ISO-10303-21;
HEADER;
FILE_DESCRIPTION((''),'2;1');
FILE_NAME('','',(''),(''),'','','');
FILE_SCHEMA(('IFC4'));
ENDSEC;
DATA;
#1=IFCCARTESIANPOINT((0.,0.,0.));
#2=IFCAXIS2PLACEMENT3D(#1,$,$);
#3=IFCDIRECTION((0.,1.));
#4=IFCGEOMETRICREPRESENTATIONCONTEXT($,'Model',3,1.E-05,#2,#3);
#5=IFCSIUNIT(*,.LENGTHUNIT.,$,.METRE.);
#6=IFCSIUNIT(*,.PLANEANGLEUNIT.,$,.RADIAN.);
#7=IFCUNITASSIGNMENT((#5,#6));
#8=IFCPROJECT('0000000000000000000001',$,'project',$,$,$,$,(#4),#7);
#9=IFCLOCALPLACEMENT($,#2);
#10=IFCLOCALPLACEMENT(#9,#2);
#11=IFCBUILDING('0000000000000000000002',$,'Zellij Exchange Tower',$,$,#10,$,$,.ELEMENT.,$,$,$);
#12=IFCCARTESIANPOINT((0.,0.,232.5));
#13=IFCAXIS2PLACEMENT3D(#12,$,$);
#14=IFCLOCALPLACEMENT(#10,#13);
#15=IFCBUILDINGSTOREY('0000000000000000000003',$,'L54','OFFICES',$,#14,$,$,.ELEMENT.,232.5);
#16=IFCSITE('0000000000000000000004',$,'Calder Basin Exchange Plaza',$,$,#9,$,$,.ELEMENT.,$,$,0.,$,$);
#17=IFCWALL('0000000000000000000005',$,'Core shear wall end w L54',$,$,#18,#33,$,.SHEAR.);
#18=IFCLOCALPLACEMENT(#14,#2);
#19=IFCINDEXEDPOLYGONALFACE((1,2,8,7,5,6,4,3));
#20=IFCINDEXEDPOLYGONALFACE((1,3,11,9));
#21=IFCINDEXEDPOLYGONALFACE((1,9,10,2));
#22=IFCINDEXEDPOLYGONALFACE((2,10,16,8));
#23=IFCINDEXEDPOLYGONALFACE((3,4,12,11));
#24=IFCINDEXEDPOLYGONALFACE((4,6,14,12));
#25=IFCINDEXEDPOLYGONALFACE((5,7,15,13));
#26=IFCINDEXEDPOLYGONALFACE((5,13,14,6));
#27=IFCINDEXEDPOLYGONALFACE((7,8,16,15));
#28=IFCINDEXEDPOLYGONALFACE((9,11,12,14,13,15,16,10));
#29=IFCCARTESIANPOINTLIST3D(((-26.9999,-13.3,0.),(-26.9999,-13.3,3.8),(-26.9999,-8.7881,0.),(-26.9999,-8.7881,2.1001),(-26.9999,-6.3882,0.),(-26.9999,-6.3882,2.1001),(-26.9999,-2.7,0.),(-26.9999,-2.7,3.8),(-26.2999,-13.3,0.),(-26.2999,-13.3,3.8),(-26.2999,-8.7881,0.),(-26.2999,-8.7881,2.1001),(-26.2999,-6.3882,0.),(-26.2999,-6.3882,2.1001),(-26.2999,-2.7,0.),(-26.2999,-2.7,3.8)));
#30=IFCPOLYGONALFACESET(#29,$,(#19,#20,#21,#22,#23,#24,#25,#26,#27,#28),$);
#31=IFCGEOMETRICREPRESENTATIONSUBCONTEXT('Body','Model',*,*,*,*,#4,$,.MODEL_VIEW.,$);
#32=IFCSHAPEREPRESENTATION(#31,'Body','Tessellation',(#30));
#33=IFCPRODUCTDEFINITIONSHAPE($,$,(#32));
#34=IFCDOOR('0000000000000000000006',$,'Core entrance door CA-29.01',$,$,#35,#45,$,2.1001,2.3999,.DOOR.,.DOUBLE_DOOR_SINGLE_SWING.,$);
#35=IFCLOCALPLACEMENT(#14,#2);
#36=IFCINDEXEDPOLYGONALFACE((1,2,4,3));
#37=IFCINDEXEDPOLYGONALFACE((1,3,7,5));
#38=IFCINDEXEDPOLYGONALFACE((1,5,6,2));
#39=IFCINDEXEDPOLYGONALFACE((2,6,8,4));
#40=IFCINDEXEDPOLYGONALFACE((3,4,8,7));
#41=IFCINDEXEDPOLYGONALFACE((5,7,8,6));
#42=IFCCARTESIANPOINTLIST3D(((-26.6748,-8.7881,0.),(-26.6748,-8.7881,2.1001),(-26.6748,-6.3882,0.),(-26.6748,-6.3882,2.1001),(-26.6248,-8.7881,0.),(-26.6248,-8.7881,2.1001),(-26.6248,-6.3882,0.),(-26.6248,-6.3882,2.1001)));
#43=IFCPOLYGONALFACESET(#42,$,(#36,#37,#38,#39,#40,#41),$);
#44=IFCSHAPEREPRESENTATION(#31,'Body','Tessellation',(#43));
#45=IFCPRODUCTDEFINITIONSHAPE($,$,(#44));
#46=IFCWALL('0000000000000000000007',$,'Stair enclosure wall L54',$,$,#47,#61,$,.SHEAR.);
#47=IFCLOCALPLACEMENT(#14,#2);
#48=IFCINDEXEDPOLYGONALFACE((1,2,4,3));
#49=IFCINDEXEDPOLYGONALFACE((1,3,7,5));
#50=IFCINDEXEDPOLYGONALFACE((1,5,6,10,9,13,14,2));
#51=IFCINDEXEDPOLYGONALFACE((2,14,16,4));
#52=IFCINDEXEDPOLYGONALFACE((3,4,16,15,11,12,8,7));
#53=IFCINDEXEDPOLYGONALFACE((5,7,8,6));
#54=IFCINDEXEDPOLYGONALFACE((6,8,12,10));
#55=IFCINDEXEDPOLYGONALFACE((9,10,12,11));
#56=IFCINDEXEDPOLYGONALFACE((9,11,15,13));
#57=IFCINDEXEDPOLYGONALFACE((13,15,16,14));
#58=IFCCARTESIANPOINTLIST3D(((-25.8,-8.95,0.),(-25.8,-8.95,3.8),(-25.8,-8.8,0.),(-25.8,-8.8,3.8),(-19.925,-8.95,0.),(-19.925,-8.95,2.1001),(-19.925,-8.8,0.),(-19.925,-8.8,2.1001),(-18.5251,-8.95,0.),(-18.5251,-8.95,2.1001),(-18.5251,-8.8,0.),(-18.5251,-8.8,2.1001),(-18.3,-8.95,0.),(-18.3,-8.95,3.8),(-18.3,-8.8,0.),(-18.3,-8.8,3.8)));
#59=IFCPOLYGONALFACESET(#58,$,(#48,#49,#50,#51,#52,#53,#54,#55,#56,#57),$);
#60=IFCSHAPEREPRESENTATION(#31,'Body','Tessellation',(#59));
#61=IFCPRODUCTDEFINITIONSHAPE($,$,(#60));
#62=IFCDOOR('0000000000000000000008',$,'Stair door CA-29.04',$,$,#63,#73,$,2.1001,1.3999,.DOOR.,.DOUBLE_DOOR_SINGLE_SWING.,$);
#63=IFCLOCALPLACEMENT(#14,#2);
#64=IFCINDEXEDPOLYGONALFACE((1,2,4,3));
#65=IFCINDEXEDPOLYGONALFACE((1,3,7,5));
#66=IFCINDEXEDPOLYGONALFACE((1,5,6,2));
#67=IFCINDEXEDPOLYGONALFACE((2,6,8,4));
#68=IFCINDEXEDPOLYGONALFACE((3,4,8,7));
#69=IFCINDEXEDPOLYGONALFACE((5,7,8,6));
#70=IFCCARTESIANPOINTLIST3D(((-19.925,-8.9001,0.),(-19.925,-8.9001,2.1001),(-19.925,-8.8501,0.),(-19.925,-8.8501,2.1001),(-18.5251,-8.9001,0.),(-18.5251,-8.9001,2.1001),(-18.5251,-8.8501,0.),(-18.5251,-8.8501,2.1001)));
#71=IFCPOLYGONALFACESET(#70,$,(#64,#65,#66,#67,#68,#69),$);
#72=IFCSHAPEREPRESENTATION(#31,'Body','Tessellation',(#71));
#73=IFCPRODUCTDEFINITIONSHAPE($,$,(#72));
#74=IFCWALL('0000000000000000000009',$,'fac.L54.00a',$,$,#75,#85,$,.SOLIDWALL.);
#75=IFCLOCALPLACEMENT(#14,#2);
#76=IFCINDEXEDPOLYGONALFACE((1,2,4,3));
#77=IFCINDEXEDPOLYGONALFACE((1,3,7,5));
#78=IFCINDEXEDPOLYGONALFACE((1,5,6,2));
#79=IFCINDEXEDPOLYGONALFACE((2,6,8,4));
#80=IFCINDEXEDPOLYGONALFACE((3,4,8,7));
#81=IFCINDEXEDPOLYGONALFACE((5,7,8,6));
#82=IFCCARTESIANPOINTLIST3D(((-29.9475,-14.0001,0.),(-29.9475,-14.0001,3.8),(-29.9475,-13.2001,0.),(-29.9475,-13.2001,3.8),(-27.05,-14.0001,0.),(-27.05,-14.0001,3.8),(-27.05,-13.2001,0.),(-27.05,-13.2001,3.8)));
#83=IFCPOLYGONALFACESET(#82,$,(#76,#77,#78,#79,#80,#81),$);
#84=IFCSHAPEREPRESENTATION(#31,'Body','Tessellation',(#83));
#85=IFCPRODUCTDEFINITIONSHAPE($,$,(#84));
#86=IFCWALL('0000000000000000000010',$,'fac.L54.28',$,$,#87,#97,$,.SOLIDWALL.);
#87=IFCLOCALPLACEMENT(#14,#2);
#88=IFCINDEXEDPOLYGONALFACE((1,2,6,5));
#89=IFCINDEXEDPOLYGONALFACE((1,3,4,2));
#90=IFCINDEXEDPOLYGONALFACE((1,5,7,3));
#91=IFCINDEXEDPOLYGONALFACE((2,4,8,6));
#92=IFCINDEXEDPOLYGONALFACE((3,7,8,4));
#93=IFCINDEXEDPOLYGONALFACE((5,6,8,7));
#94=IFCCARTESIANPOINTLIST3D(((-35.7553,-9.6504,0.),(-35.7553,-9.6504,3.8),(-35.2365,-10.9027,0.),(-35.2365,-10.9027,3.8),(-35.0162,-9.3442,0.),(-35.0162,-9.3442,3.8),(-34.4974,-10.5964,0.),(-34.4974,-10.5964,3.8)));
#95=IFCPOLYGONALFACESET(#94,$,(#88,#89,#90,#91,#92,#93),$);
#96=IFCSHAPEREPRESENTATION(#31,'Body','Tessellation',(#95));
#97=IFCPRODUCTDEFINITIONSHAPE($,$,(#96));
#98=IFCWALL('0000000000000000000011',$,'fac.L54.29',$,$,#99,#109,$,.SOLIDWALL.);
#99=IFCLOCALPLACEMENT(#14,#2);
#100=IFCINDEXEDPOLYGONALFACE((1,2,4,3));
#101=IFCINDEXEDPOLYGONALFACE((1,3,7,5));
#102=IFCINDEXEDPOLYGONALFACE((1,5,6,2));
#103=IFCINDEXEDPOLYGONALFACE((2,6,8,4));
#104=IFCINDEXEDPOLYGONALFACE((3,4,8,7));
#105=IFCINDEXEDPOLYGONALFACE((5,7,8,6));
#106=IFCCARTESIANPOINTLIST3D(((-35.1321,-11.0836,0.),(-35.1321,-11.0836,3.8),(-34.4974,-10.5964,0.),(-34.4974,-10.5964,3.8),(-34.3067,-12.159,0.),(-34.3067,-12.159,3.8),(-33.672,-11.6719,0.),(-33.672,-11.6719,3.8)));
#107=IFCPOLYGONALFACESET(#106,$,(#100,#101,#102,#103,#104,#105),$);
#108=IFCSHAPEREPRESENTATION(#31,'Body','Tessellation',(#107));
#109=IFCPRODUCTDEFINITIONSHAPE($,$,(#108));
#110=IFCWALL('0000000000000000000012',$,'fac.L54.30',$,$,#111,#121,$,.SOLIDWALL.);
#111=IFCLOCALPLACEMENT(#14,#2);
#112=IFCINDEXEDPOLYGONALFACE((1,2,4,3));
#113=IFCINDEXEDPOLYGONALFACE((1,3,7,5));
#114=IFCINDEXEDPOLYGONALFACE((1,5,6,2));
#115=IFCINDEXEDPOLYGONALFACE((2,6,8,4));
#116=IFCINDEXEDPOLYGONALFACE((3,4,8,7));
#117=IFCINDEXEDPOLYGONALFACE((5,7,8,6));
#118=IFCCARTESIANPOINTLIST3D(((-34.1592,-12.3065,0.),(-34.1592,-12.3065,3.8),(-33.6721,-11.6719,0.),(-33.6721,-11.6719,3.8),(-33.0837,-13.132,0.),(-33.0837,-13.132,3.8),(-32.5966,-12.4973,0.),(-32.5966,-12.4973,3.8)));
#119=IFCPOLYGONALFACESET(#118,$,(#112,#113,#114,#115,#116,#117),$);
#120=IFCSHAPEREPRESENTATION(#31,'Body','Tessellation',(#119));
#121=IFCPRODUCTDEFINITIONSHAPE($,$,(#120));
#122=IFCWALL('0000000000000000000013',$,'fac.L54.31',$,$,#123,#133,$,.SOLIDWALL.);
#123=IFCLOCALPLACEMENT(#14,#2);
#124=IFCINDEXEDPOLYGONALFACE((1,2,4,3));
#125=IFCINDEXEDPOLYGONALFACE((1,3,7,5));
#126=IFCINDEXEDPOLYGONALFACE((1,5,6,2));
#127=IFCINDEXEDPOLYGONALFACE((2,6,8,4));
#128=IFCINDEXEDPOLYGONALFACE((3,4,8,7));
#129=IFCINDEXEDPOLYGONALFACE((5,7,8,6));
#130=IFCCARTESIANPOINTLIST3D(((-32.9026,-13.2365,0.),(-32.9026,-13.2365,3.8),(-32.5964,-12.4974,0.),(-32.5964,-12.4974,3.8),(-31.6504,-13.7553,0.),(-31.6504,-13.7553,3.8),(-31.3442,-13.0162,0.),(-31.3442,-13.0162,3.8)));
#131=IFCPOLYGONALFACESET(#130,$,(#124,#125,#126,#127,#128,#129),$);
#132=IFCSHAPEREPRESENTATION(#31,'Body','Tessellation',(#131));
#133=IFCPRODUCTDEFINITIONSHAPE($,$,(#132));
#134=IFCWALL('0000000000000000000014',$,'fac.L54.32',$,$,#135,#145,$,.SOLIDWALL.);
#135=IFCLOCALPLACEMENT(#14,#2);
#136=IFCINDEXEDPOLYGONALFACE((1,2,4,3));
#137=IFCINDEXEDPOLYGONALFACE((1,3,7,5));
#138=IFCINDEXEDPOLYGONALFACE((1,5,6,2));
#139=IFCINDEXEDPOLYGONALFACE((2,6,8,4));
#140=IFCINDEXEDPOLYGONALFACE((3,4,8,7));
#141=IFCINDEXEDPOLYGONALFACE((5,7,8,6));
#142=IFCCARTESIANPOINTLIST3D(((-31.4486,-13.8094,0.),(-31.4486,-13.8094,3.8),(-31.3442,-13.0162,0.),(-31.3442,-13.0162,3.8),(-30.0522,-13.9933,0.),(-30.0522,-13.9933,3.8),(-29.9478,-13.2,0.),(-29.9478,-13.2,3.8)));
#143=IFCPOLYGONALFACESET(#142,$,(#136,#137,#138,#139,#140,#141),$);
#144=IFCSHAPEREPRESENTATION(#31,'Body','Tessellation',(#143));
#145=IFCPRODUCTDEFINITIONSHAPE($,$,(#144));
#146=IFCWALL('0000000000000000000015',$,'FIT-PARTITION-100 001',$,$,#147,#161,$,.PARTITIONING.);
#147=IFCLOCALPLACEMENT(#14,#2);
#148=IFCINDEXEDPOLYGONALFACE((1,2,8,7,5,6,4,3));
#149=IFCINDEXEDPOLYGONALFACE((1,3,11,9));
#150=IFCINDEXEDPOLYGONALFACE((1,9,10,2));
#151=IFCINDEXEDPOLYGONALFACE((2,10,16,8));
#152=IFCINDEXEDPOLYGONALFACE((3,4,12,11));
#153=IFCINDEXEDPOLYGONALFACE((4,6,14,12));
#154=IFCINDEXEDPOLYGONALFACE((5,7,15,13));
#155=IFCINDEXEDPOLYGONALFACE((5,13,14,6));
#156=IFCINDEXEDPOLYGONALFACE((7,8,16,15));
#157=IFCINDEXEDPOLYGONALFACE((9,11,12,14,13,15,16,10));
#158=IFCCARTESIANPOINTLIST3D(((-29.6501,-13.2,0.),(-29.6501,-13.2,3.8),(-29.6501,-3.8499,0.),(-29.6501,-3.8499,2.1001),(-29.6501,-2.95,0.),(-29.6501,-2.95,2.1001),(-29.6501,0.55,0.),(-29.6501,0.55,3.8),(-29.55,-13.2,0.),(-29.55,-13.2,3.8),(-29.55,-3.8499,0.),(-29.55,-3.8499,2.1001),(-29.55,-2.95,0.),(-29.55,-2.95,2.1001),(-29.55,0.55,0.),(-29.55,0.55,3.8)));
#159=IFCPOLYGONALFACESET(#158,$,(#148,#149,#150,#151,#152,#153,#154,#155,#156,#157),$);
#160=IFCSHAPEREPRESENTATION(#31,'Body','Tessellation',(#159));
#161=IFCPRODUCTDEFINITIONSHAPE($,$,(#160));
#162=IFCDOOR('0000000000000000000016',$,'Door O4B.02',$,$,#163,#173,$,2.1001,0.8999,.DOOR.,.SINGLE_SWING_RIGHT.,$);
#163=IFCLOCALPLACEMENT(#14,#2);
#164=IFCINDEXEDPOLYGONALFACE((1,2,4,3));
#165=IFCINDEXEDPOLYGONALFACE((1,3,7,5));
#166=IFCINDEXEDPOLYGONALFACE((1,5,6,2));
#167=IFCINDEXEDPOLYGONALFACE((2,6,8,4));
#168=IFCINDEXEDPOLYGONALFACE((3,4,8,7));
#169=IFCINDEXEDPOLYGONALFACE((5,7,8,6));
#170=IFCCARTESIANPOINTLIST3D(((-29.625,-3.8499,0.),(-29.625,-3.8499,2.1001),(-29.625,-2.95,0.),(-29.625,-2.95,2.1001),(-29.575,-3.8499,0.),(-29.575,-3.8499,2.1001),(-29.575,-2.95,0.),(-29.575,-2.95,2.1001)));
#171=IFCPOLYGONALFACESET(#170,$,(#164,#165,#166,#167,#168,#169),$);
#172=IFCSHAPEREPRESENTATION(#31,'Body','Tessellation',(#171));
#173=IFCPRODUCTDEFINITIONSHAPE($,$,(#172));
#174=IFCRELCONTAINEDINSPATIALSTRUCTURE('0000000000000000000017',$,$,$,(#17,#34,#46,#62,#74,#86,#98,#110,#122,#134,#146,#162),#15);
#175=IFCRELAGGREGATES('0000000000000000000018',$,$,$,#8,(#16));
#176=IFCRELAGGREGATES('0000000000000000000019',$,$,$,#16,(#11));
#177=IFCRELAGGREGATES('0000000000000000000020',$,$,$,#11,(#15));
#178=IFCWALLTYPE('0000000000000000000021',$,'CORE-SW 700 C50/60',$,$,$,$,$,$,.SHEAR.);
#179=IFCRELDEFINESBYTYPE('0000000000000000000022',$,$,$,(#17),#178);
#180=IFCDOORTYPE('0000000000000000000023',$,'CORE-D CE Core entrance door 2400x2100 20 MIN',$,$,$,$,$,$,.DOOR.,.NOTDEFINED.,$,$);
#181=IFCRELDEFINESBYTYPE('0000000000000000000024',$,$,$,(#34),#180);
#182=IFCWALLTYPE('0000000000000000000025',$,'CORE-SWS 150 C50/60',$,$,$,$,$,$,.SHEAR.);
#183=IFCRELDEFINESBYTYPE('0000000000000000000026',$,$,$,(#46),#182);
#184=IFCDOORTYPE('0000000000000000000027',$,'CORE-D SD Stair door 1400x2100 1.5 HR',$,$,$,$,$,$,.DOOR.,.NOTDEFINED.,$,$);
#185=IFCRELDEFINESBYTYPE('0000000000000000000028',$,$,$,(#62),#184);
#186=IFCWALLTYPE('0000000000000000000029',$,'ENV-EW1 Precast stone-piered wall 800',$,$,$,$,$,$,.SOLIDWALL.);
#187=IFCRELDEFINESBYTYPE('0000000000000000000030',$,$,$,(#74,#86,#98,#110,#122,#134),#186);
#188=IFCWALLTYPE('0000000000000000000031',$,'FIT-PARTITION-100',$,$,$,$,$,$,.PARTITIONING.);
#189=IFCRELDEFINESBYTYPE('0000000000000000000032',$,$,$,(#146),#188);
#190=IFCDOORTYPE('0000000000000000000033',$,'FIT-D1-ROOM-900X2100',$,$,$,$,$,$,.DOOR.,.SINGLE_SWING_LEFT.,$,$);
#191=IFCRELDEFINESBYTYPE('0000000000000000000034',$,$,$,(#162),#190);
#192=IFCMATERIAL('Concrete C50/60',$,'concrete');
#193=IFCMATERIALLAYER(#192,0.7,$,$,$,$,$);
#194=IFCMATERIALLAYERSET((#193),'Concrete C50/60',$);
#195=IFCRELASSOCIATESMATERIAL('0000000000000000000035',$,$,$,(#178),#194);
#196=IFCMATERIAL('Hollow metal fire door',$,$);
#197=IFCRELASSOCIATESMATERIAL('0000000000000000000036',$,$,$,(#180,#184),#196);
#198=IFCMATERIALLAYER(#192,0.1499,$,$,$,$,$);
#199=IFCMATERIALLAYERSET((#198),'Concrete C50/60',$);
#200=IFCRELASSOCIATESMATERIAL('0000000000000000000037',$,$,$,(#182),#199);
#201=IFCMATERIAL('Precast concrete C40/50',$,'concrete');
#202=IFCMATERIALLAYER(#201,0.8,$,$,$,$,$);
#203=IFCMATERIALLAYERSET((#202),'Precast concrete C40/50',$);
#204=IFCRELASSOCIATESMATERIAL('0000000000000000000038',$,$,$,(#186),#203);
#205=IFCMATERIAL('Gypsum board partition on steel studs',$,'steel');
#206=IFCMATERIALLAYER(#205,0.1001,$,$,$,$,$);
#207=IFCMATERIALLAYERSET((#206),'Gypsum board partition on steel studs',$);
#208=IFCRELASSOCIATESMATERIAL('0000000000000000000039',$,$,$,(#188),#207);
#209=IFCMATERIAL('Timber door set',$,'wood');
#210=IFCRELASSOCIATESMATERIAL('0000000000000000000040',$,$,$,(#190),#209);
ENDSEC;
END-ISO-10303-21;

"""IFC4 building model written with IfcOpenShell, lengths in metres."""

from ifc_helpers import new_model, si_unit, direction, frame, frame_2d, origin, place, context, subcontext, project, spatial, rectangle, extrude, material, layer, layer_set, type_object, element, fill, save


model = new_model("IFC4")

# Units and contexts
model_context = context("Model", 3, precision=1e-05, world=origin(), true_north=direction((0.0, 1.0)))
body_context = subcontext(model_context, "Body", "Model", "MODEL_VIEW")
ifc_project = project(units=[si_unit("LENGTHUNIT", "METRE"), si_unit("PLANEANGLEUNIT", "RADIAN")], contexts=[model_context])

# Site, building, storey
site_placement = place(None, origin())
site = spatial("IfcSite", under=ifc_project, at=site_placement, Name="Calder Basin Exchange Plaza", CompositionType="ELEMENT", RefElevation=0.0)
building_placement = place(site_placement, origin())
building = spatial("IfcBuilding", under=site, at=building_placement, Name="Zellij Exchange Tower", CompositionType="ELEMENT")
storey_placement = place(building_placement, frame((0.0, 0.0, 232.5)))
storey = spatial("IfcBuildingStorey", under=building, at=storey_placement, Name="L54", Description="OFFICES", CompositionType="ELEMENT", Elevation=232.5)

# Shared definitions
ifc_material_1 = material(Name="Concrete C50/60", Category="concrete")

# Shared definitions
ifc_layer_1 = layer(ifc_material_1, 0.7)
ifc_layer_set_1 = layer_set([ifc_layer_1], Name="Concrete C50/60")
wall_type_1 = type_object("IfcWallType", Name="CORE-SW 700 C50/60", PredefinedType="SHEAR", material=ifc_layer_set_1)

# Walls, openings, doors
wall_1_placement = place(storey_placement, frame((-26.6499, -13.3, 0.0), z_axis=(0.0, 0.0, 1.0), x_axis=(0.0, 1.0, 0.0)))
wall_1 = element("IfcWall", 1, at=wall_1_placement, inside=storey, type_object=wall_type_1, Name="Core shear wall end w L54", PredefinedType="SHEAR", context=body_context, shape_type="SweptSolid", body=[
    extrude(rectangle(XDim=10.6001, YDim=0.7, at=frame_2d((5.3, 0.0))), origin(), (0.0, 0.0, 1.0), 3.8),
])
opening_1_placement = place(wall_1_placement, frame((4.512, 0.0, 0.0)))
opening_1 = element("IfcOpeningElement", 2, at=opening_1_placement, cuts=wall_1, PredefinedType="OPENING", context=body_context, shape_type="SweptSolid", body=[
    extrude(rectangle(XDim=2.3999, YDim=2.1001, at=frame_2d((1.2, 1.05))), frame((0.0, 0.3618, 0.0), z_axis=(0.0, -1.0, 0.0), x_axis=(1.0, 0.0, 0.0)), (0.0, 0.0, 1.0), 0.7239),
])
ifc_material_2 = material(Name="Hollow metal fire door")
door_type_1 = type_object("IfcDoorType", Name="CORE-D CE Core entrance door 2400x2100 20 MIN", OperationType="NOTDEFINED", PredefinedType="DOOR", material=ifc_material_2)
door_1_placement = place(opening_1_placement, origin())
door_1 = element("IfcDoor", 3, at=door_1_placement, inside=storey, type_object=door_type_1, Name="Core entrance door CA-29.01", OperationType="DOUBLE_DOOR_SINGLE_SWING", OverallHeight=2.1001, OverallWidth=2.3999, PredefinedType="DOOR", context=body_context, shape_type="SweptSolid", body=[
    extrude(rectangle(XDim=2.3999, YDim=2.1001, at=frame_2d((1.2, 1.05))), frame((0.0, 0.0249, 0.0), z_axis=(0.0, -1.0, 0.0), x_axis=(1.0, 0.0, 0.0)), (0.0, 0.0, 1.0), 0.05),
])
fill(opening_1, door_1)
ifc_layer_2 = layer(ifc_material_1, 0.1499)
ifc_layer_set_2 = layer_set([ifc_layer_2], Name="Concrete C50/60")
wall_type_2 = type_object("IfcWallType", Name="CORE-SWS 150 C50/60", PredefinedType="SHEAR", material=ifc_layer_set_2)
wall_2_placement = place(storey_placement, frame((-25.8, -8.875, 0.0), z_axis=(0.0, 0.0, 1.0), x_axis=(1.0, 0.0, 0.0)))
wall_2 = element("IfcWall", 4, at=wall_2_placement, inside=storey, type_object=wall_type_2, Name="Stair enclosure wall L54", PredefinedType="SHEAR", context=body_context, shape_type="SweptSolid", body=[
    extrude(rectangle(XDim=7.5, YDim=0.1499, at=frame_2d((3.75, 0.0))), origin(), (0.0, 0.0, 1.0), 3.8),
])
opening_2_placement = place(wall_2_placement, frame((5.875, 0.0, 0.0)))
opening_2 = element("IfcOpeningElement", 5, at=opening_2_placement, cuts=wall_2, PredefinedType="OPENING", context=body_context, shape_type="SweptSolid", body=[
    extrude(rectangle(XDim=1.3999, YDim=2.1001, at=frame_2d((0.7, 1.05))), frame((0.0, 0.0869, 0.0), z_axis=(0.0, -1.0, 0.0), x_axis=(1.0, 0.0, 0.0)), (0.0, 0.0, 1.0), 0.1738),
])
door_type_2 = type_object("IfcDoorType", Name="CORE-D SD Stair door 1400x2100 1.5 HR", OperationType="NOTDEFINED", PredefinedType="DOOR", material=ifc_material_2)
door_2_placement = place(opening_2_placement, origin())
door_2 = element("IfcDoor", 6, at=door_2_placement, inside=storey, type_object=door_type_2, Name="Stair door CA-29.04", OperationType="DOUBLE_DOOR_SINGLE_SWING", OverallHeight=2.1001, OverallWidth=1.3999, PredefinedType="DOOR", context=body_context, shape_type="SweptSolid", body=[
    extrude(rectangle(XDim=1.3999, YDim=2.1001, at=frame_2d((0.7, 1.05))), frame((0.0, 0.0249, 0.0), z_axis=(0.0, -1.0, 0.0), x_axis=(1.0, 0.0, 0.0)), (0.0, 0.0, 1.0), 0.05),
])
fill(opening_2, door_2)

# Walls
ifc_material_3 = material(Name="Precast concrete C40/50", Category="concrete")
ifc_layer_3 = layer(ifc_material_3, 0.8)
ifc_layer_set_3 = layer_set([ifc_layer_3], Name="Precast concrete C40/50")
wall_type_3 = type_object("IfcWallType", Name="ENV-EW1 Precast stone-piered wall 800", PredefinedType="SOLIDWALL", material=ifc_layer_set_3)
wall_3_placement = place(storey_placement, frame((-29.9475, -13.6001, 0.0), z_axis=(0.0, 0.0, 1.0), x_axis=(1.0, 0.0, 0.0)))
element("IfcWall", 7, at=wall_3_placement, inside=storey, type_object=wall_type_3, Name="fac.L54.00a", PredefinedType="SOLIDWALL", context=body_context, shape_type="SweptSolid", body=[
    extrude(rectangle(XDim=2.8975, YDim=0.8, at=frame_2d((1.4487, 0.0))), origin(), (0.0, 0.0, 1.0), 3.8),
])
wall_4_placement = place(storey_placement, frame((-35.3857, -9.4973, 0.0), z_axis=(0.0, 0.0, 1.0), x_axis=(0.38276, -0.923848, 0.0)))
element("IfcWall", 8, at=wall_4_placement, inside=storey, type_object=wall_type_3, Name="fac.L54.28", PredefinedType="SOLIDWALL", context=body_context, shape_type="SweptSolid", body=[
    extrude(rectangle(XDim=1.3555, YDim=0.8, at=frame_2d((0.6777, 0.0))), origin(), (0.0, 0.0, 1.0), 3.8),
])
for number, where, z_axis, x_axis, name in (
    (9, (-34.8147, -10.8401, 0.0), (0.0, 0.0, 1.0), (0.608866, -0.793273, 0.0), "fac.L54.29"),
    (10, (-33.9155, -11.9893, 0.0), (0.0, 0.0, 1.0), (0.793273, -0.608866, 0.0), "fac.L54.30"),
):
    element("IfcWall", number, at=place(storey_placement, frame(where, z_axis=z_axis, x_axis=x_axis)), inside=storey, type_object=wall_type_3, Name=name, PredefinedType="SOLIDWALL", context=body_context, shape_type="SweptSolid", body=[
        extrude(rectangle(XDim=1.3557, YDim=0.8, at=frame_2d((0.6777, 0.0))), origin(), (0.0, 0.0, 1.0), 3.8),
    ])
wall_5_placement = place(storey_placement, frame((-32.7495, -12.8669, 0.0), z_axis=(0.0, 0.0, 1.0), x_axis=(0.923848, -0.38276, 0.0)))
element("IfcWall", 11, at=wall_5_placement, inside=storey, type_object=wall_type_3, Name="fac.L54.31", PredefinedType="SOLIDWALL", context=body_context, shape_type="SweptSolid", body=[
    extrude(rectangle(XDim=1.3555, YDim=0.8, at=frame_2d((0.6777, 0.0))), origin(), (0.0, 0.0, 1.0), 3.8),
])
wall_6_placement = place(storey_placement, frame((-31.3962, -13.4128, 0.0), z_axis=(0.0, 0.0, 1.0), x_axis=(0.991446, -0.130517, 0.0)))
element("IfcWall", 12, at=wall_6_placement, inside=storey, type_object=wall_type_3, Name="fac.L54.32", PredefinedType="SOLIDWALL", context=body_context, shape_type="SweptSolid", body=[
    extrude(rectangle(XDim=1.4084, YDim=0.8, at=frame_2d((0.7041, 0.0))), origin(), (0.0, 0.0, 1.0), 3.8),
])

# Wall, opening, door
ifc_material_4 = material(Name="Gypsum board partition on steel studs", Category="steel")
ifc_layer_4 = layer(ifc_material_4, 0.1001)
ifc_layer_set_4 = layer_set([ifc_layer_4], Name="Gypsum board partition on steel studs")
wall_type_4 = type_object("IfcWallType", Name="FIT-PARTITION-100", PredefinedType="PARTITIONING", material=ifc_layer_set_4)
wall_7_placement = place(storey_placement, frame((-29.6001, -13.2, 0.0), z_axis=(0.0, 0.0, 1.0), x_axis=(0.0, 1.0, 0.0)))
wall_7 = element("IfcWall", 13, at=wall_7_placement, inside=storey, type_object=wall_type_4, Name="FIT-PARTITION-100 001", PredefinedType="PARTITIONING", context=body_context, shape_type="SweptSolid", body=[
    extrude(rectangle(XDim=13.75, YDim=0.1001, at=frame_2d((6.875, 0.0))), origin(), (0.0, 0.0, 1.0), 3.8),
])
opening_3_placement = place(wall_7_placement, frame((9.3501, 0.0, 0.0)))
opening_3 = element("IfcOpeningElement", 14, at=opening_3_placement, cuts=wall_7, PredefinedType="OPENING", context=body_context, shape_type="SweptSolid", body=[
    extrude(rectangle(XDim=0.8999, YDim=2.1001, at=frame_2d((0.45, 1.05))), frame((0.0, 0.062, 0.0), z_axis=(0.0, -1.0, 0.0), x_axis=(1.0, 0.0, 0.0)), (0.0, 0.0, 1.0), 0.124),
])
ifc_material_5 = material(Name="Timber door set", Category="wood")
door_type_3 = type_object("IfcDoorType", Name="FIT-D1-ROOM-900X2100", OperationType="SINGLE_SWING_LEFT", PredefinedType="DOOR", material=ifc_material_5)
door_3_placement = place(opening_3_placement, origin())
door_3 = element("IfcDoor", 15, at=door_3_placement, inside=storey, type_object=door_type_3, Name="Door O4B.02", OperationType="SINGLE_SWING_RIGHT", OverallHeight=2.1001, OverallWidth=0.8999, PredefinedType="DOOR", context=body_context, shape_type="SweptSolid", body=[
    extrude(rectangle(XDim=0.8999, YDim=2.1001, at=frame_2d((0.45, 1.05))), frame((0.0, 0.0249, 0.0), z_axis=(0.0, -1.0, 0.0), x_axis=(1.0, 0.0, 0.0)), (0.0, 0.0, 1.0), 0.05),
])
fill(opening_3, door_3)

save(model, "model.ifc")
